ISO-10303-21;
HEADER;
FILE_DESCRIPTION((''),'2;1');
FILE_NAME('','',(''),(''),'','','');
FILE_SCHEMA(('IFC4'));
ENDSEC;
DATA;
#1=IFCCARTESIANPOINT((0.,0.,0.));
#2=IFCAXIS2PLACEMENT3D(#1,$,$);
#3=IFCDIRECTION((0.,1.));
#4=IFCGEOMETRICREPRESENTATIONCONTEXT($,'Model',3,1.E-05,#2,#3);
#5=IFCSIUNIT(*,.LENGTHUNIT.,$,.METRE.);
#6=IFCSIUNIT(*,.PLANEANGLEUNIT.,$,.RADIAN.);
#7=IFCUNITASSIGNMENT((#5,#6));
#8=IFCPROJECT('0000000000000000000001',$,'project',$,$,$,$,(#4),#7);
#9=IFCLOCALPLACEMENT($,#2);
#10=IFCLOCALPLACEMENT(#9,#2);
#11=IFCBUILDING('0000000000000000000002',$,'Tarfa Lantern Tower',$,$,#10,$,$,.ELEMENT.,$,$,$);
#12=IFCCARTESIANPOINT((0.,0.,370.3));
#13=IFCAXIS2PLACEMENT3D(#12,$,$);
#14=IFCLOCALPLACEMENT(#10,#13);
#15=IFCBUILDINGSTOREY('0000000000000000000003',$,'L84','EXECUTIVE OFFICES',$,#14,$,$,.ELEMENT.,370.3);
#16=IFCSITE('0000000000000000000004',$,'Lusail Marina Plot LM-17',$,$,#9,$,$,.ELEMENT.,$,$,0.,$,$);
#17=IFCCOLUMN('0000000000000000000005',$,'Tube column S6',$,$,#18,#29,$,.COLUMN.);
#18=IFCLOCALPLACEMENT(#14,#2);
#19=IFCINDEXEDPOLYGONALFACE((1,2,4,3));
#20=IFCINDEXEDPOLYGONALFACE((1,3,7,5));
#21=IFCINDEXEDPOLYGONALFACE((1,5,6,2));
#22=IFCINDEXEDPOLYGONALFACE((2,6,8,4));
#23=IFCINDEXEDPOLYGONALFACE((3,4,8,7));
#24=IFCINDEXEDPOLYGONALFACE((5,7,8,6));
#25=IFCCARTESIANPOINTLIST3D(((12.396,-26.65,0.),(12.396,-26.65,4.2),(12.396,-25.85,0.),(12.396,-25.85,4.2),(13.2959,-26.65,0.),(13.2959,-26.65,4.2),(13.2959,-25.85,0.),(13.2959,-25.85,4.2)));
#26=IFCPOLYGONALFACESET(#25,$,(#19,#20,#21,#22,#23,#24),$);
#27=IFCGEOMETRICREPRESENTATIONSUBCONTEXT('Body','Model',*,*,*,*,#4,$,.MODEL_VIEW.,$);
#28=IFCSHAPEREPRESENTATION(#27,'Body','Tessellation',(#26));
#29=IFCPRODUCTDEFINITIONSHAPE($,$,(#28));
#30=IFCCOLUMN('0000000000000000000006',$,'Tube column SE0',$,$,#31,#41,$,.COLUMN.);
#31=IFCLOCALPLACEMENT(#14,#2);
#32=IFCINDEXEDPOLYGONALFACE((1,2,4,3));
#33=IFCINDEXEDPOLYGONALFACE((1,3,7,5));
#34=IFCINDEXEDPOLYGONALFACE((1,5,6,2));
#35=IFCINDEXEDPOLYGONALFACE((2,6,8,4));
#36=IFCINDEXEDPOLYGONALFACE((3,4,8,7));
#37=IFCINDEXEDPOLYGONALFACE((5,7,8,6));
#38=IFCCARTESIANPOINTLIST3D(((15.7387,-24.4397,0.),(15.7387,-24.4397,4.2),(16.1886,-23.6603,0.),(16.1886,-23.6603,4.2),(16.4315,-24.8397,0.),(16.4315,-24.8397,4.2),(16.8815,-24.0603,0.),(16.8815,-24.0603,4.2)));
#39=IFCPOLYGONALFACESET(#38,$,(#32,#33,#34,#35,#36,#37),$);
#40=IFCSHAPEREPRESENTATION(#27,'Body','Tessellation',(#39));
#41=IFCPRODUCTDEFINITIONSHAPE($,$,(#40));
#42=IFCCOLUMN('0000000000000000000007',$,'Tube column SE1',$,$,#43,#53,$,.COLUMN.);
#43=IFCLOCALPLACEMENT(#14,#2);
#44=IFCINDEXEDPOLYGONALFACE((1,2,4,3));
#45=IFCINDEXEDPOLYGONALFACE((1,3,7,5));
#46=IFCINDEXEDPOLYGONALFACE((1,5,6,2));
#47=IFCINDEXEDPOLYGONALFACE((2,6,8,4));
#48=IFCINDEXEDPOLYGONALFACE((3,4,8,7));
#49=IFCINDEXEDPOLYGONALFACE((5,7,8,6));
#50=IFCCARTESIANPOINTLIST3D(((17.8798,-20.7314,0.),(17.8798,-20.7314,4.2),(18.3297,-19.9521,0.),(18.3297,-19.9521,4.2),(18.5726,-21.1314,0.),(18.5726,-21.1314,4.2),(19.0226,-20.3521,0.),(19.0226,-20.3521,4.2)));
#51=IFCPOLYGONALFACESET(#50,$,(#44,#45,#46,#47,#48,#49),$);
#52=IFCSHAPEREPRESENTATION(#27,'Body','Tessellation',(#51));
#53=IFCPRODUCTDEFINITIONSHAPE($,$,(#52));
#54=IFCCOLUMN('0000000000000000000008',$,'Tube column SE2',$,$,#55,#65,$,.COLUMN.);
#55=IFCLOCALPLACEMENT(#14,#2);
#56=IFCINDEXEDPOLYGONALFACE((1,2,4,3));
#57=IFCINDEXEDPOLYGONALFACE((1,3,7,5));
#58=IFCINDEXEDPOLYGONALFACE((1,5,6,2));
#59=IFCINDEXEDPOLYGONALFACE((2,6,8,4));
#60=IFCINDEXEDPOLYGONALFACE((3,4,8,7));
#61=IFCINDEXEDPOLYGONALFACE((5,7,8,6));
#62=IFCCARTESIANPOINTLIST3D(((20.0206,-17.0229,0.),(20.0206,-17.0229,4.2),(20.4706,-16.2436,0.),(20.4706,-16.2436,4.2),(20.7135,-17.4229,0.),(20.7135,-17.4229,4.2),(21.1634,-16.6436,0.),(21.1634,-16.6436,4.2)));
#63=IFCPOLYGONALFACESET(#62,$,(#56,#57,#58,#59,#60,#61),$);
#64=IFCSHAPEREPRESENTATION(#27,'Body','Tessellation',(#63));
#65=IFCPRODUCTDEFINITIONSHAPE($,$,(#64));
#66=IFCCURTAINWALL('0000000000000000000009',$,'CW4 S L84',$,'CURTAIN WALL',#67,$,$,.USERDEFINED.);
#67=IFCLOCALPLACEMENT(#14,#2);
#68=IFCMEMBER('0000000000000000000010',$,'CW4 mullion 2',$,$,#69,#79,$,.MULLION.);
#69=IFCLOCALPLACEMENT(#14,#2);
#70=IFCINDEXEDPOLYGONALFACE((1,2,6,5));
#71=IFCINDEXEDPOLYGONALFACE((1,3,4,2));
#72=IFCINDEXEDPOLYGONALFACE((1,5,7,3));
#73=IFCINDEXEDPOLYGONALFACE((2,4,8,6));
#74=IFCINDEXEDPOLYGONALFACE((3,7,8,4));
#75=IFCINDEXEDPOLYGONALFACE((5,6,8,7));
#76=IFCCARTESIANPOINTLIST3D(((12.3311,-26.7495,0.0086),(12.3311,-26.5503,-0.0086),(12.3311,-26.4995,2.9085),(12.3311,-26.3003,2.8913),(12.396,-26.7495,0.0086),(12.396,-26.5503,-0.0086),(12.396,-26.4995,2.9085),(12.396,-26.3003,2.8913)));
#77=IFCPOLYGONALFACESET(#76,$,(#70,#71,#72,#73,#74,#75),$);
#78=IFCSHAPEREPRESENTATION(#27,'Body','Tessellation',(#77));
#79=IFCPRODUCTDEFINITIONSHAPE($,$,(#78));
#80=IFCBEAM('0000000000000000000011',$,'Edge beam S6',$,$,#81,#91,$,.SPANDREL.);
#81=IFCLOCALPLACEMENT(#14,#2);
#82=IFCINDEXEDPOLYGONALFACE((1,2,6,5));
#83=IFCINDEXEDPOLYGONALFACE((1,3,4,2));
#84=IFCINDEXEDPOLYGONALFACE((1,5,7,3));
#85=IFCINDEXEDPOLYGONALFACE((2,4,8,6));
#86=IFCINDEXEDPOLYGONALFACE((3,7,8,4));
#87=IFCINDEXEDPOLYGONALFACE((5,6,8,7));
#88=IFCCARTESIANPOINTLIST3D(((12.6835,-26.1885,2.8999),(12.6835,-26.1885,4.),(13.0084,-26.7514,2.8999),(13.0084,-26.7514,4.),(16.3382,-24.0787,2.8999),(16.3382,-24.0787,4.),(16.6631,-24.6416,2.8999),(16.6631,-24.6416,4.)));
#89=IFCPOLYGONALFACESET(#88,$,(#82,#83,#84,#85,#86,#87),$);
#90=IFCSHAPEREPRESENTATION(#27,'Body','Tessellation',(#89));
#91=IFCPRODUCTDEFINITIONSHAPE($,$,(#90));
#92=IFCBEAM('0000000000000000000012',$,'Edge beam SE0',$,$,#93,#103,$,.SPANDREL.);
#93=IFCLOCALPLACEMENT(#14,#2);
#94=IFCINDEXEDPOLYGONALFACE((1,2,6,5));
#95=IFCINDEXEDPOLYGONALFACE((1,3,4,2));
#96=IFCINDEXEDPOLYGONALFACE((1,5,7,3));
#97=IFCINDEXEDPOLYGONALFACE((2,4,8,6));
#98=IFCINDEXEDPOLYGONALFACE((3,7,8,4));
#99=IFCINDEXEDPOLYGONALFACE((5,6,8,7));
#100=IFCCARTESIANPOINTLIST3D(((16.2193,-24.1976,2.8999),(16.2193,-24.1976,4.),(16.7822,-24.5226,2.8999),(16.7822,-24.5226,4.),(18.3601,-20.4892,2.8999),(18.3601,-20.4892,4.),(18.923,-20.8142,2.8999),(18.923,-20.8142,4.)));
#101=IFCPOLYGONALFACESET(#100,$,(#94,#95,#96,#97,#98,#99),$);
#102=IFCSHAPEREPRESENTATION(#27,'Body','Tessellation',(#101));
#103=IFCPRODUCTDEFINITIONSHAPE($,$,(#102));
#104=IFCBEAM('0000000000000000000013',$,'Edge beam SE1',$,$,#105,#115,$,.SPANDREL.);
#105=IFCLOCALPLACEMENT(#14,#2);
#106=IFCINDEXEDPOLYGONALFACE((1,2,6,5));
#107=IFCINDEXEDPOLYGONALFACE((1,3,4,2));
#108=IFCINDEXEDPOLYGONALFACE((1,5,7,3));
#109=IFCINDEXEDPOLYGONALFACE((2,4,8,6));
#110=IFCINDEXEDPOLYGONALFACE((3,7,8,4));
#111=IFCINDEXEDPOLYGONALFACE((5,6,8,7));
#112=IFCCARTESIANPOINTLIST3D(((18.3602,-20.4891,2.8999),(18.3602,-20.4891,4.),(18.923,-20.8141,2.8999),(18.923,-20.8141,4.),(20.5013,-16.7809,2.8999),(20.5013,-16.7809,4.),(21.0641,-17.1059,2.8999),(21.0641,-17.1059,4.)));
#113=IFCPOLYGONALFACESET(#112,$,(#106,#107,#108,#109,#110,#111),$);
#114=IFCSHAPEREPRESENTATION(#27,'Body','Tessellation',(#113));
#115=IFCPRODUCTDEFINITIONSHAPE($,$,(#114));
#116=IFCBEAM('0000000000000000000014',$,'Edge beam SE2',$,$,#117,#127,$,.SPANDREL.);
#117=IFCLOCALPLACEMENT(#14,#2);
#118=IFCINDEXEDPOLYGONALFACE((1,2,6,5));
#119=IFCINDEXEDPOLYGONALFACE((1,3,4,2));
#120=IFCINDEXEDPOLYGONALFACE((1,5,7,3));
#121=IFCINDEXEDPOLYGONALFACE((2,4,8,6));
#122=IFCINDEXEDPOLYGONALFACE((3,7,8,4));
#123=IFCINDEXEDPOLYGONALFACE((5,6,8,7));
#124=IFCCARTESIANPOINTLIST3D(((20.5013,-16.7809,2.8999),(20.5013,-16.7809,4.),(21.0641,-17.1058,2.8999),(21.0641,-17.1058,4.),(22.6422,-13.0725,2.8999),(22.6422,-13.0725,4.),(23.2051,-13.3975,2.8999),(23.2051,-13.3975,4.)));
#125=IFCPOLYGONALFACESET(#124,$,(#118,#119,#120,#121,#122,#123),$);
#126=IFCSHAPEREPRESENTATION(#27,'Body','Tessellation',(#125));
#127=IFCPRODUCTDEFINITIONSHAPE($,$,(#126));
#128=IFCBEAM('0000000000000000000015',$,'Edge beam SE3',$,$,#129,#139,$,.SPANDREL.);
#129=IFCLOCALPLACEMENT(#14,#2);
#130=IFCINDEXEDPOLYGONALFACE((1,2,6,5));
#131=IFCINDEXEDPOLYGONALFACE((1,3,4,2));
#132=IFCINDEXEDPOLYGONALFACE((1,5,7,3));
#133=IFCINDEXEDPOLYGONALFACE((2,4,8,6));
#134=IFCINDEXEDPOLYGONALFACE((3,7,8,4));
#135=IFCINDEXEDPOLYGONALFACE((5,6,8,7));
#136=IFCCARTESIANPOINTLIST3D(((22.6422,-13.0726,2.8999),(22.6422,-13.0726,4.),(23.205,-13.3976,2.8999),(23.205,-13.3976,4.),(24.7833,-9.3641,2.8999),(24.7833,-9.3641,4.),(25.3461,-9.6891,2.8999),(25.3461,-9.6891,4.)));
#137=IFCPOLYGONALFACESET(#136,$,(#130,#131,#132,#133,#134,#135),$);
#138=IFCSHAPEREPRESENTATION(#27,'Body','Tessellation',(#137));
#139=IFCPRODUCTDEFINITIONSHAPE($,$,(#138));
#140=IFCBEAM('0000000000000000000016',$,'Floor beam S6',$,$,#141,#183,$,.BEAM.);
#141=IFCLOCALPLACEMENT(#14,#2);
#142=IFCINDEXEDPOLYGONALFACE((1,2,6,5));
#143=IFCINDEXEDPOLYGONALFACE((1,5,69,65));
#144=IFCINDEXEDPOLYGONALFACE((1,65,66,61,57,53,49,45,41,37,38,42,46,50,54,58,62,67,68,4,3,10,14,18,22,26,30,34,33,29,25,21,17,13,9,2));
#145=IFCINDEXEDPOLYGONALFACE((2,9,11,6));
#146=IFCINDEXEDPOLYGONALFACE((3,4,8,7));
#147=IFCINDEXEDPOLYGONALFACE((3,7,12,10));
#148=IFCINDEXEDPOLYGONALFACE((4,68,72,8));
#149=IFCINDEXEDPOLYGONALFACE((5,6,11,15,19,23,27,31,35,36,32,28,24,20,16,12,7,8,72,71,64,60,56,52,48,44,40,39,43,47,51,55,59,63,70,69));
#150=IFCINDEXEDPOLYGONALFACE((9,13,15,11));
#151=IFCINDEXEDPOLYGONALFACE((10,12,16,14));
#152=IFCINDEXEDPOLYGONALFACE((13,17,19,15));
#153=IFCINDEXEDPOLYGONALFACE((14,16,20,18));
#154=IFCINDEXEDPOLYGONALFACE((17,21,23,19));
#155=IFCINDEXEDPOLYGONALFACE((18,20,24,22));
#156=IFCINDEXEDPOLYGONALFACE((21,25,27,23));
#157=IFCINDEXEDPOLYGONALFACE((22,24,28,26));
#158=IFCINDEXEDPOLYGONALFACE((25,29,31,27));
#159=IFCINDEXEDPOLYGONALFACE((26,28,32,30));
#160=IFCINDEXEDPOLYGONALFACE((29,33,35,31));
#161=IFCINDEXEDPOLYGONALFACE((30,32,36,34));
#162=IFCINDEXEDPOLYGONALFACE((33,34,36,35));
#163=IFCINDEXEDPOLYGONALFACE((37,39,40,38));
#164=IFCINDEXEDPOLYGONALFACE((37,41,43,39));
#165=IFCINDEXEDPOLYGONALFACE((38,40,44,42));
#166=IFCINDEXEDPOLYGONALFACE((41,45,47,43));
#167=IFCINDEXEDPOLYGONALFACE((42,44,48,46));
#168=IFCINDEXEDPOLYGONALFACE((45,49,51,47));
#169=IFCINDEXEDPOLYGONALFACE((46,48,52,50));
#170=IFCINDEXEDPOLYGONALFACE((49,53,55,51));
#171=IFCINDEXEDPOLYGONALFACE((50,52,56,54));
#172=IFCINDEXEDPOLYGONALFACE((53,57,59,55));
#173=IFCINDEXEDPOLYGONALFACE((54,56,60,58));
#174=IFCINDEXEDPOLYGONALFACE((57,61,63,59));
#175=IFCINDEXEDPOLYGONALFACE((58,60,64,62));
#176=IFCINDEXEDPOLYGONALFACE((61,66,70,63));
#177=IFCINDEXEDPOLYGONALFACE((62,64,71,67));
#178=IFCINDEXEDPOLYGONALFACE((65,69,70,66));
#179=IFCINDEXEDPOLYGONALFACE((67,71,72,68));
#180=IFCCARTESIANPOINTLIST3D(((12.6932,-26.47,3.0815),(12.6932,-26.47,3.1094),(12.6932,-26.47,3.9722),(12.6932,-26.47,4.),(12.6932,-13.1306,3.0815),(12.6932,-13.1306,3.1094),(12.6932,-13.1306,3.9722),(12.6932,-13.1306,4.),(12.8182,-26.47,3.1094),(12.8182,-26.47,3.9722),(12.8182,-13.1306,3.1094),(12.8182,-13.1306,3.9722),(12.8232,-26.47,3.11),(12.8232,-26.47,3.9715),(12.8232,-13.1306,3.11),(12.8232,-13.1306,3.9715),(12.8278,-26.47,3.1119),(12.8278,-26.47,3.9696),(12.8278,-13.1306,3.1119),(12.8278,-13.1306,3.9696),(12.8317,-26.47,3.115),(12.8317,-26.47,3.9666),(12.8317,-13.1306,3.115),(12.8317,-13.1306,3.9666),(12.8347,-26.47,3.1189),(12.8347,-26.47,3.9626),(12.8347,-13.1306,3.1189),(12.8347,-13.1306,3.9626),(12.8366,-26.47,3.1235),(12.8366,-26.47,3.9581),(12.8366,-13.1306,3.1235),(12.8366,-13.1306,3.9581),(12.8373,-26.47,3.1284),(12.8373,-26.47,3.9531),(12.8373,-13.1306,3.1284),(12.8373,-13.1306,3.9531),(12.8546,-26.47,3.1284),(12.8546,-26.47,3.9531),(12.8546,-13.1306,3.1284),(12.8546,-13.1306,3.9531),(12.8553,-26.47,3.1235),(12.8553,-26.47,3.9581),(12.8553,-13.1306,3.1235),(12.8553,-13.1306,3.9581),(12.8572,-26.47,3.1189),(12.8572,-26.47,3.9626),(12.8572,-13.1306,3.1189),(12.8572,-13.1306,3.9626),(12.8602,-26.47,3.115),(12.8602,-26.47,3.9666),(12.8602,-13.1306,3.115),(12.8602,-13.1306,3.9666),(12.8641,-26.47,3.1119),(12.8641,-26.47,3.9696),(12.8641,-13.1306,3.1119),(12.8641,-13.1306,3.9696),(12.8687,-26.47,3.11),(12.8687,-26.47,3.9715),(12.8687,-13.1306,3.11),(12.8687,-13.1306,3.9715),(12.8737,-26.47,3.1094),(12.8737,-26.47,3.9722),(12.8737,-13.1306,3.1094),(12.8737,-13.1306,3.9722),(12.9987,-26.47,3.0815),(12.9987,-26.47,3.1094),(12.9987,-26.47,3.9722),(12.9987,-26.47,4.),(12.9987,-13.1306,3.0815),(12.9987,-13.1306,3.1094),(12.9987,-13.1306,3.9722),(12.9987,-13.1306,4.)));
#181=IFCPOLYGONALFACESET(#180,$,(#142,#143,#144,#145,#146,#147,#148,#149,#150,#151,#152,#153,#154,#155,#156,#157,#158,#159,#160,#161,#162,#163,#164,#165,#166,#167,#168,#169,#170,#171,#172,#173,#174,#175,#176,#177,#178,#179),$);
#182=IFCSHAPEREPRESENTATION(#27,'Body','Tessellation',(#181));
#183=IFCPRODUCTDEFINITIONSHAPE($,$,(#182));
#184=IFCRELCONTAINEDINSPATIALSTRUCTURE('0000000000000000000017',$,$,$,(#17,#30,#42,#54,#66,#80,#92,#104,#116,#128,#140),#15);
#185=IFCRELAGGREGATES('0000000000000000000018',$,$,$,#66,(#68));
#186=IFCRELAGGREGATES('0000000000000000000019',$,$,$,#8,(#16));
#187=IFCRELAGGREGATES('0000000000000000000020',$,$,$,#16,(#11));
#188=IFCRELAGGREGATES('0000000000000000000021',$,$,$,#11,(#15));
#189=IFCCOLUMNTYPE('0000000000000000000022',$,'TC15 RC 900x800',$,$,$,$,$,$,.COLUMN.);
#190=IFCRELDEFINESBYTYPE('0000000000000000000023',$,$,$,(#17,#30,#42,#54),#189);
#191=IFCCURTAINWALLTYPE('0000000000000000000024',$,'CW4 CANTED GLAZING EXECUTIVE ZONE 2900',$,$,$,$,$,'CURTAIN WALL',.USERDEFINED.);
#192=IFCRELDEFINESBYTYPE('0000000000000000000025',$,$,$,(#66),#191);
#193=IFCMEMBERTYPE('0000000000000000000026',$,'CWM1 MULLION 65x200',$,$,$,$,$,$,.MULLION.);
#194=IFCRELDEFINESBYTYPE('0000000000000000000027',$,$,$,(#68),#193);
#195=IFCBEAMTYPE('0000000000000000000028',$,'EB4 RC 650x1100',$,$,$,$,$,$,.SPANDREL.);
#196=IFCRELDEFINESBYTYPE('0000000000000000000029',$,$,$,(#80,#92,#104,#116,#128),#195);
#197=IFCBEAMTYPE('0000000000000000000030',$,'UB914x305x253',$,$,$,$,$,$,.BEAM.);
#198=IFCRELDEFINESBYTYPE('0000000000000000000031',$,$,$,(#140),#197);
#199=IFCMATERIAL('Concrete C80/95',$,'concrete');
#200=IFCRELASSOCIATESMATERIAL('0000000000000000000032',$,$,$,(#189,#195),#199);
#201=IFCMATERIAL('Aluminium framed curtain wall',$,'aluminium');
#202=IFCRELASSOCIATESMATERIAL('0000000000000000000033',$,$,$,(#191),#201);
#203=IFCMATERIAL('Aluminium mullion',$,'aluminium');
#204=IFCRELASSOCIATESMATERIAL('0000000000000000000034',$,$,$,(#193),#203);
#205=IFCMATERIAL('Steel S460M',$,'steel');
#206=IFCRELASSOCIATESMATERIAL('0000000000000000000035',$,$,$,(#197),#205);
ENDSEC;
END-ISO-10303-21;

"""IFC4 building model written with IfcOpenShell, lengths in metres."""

from ifc_helpers import new_model, si_unit, direction, frame, origin, origin_2d, place, context, subcontext, project, spatial, rectangle, i_section, extrude, material, material_profile, profile_set, type_object, element, aggregate, save


model = new_model("IFC4")

# Units and contexts
model_context = context("Model", 3, precision=1e-05, world=origin(), true_north=direction((0.0, 1.0)))
body_context = subcontext(model_context, "Body", "Model", "MODEL_VIEW")
ifc_project = project(units=[si_unit("LENGTHUNIT", "METRE"), si_unit("PLANEANGLEUNIT", "RADIAN")], contexts=[model_context])

# Site, building, storey
site_placement = place(None, origin())
site = spatial("IfcSite", under=ifc_project, at=site_placement, Name="Lusail Marina Plot LM-17", CompositionType="ELEMENT", RefElevation=0.0)
building_placement = place(site_placement, origin())
building = spatial("IfcBuilding", under=site, at=building_placement, Name="Tarfa Lantern Tower", CompositionType="ELEMENT")
storey_placement = place(building_placement, frame((0.0, 0.0, 370.3)))
storey = spatial("IfcBuildingStorey", under=building, at=storey_placement, Name="L84", Description="EXECUTIVE OFFICES", CompositionType="ELEMENT", Elevation=370.3)

# Columns
ifc_material_1 = material(Name="Concrete C80/95", Category="concrete")
ifc_material_profile_1 = material_profile(ifc_material_1, rectangle(XDim=0.8999, YDim=0.8, at=origin_2d()), Name="RC 900x800")
ifc_profile_set_1 = profile_set([ifc_material_profile_1], Name="Concrete C80/95")
column_type = type_object("IfcColumnType", Name="TC15 RC 900x800", PredefinedType="COLUMN", material=ifc_profile_set_1)
for number, where, z_axis, x_axis, name in (
    (1, (12.8459, -26.25, 0.0), (0.0, 0.0, 1.0), (1.0, 0.0, 0.0), "Tube column S6"),
    (2, (16.3101, -24.25, 0.0), (0.0, 0.0, 1.0), (0.5, 0.866025, 0.0), "Tube column SE0"),
    (3, (18.4512, -20.5417, 0.0), (0.0, 0.0, 1.0), (0.5, 0.866025, 0.0), "Tube column SE1"),
    (4, (20.592, -16.8333, 0.0), (0.0, 0.0, 1.0), (0.5, 0.866025, 0.0), "Tube column SE2"),
):
    element("IfcColumn", number, at=place(storey_placement, frame(where, z_axis=z_axis, x_axis=x_axis)), inside=storey, type_object=column_type, Name=name, PredefinedType="COLUMN", context=body_context, shape_type="SweptSolid", body=[
        extrude(rectangle(XDim=0.8999, YDim=0.8, at=origin_2d()), origin(), (0.0, 0.0, 1.0), 4.2),
    ])

# Curtain wall, member
ifc_material_2 = material(Name="Aluminium framed curtain wall", Category="aluminium")
curtain_wall_type = type_object("IfcCurtainWallType", Name="CW4 CANTED GLAZING EXECUTIVE ZONE 2900", ElementType="CURTAIN WALL", PredefinedType="USERDEFINED", material=ifc_material_2)
curtain_wall_placement = place(storey_placement, origin())
curtain_wall = element("IfcCurtainWall", 5, at=curtain_wall_placement, inside=storey, type_object=curtain_wall_type, Name="CW4 S L84", ObjectType="CURTAIN WALL", PredefinedType="USERDEFINED")
ifc_material_3 = material(Name="Aluminium mullion", Category="aluminium")
ifc_material_profile_2 = material_profile(ifc_material_3, rectangle(XDim=0.0649, YDim=0.2, at=origin_2d()), Name="AL MULLION 65x200")
ifc_profile_set_2 = profile_set([ifc_material_profile_2], Name="Aluminium mullion")
member_type = type_object("IfcMemberType", Name="CWM1 MULLION 65x200", PredefinedType="MULLION", material=ifc_profile_set_2)
member_placement = place(storey_placement, frame((12.3635, -26.6499, 0.0), z_axis=(0.0, 0.085891, 0.996305), x_axis=(-1.0, 0.0, 0.0)))
member = element("IfcMember", 6, at=member_placement, type_object=member_type, Name="CW4 mullion 2", PredefinedType="MULLION", context=body_context, shape_type="SweptSolid", body=[
    extrude(rectangle(XDim=0.0649, YDim=0.2, at=origin_2d()), origin(), (0.0, 0.0, 1.0), 2.9106),
])
aggregate(curtain_wall, [member])

# Beams
ifc_material_profile_3 = material_profile(ifc_material_1, rectangle(XDim=0.6499, YDim=1.1001, at=origin_2d()), Name="RC 650x1100")
ifc_profile_set_3 = profile_set([ifc_material_profile_3], Name="Concrete C80/95")
beam_type_1 = type_object("IfcBeamType", Name="EB4 RC 650x1100", PredefinedType="SPANDREL", material=ifc_profile_set_3)
beam_1_placement = place(storey_placement, frame((12.8459, -26.47, 3.45), z_axis=(0.866049, 0.499959, 0.0), x_axis=(-0.499959, 0.866049, 0.0)))
element("IfcBeam", 7, at=beam_1_placement, inside=storey, type_object=beam_type_1, Name="Edge beam S6", PredefinedType="SPANDREL", context=body_context, shape_type="SweptSolid", body=[
    extrude(rectangle(XDim=0.6499, YDim=1.1001, at=origin_2d()), origin(), (0.0, 0.0, 1.0), 4.22),
])
for number, where, z_axis, x_axis, name in (
    (8, (16.5007, -24.3601, 3.45), (0.499959, 0.866049, 0.0), (-0.866049, 0.499959, 0.0), "Edge beam SE0"),
    (9, (18.6416, -20.6516, 3.45), (0.500027, 0.86601, 0.0), (-0.86601, 0.500027, 0.0), "Edge beam SE1"),
    (10, (20.7827, -16.9434, 3.45), (0.499984, 0.866035, 0.0), (-0.866035, 0.499984, 0.0), "Edge beam SE2"),
):
    element("IfcBeam", number, at=place(storey_placement, frame(where, z_axis=z_axis, x_axis=x_axis)), inside=storey, type_object=beam_type_1, Name=name, PredefinedType="SPANDREL", context=body_context, shape_type="SweptSolid", body=[
        extrude(rectangle(XDim=0.6499, YDim=1.1001, at=origin_2d()), origin(), (0.0, 0.0, 1.0), 4.282),
    ])
beam_2_placement = place(storey_placement, frame((22.9236, -13.2351, 3.45), z_axis=(0.500002, 0.866024, 0.0), x_axis=(-0.866024, 0.500002, 0.0)))
element("IfcBeam", 11, at=beam_2_placement, inside=storey, type_object=beam_type_1, Name="Edge beam SE3", PredefinedType="SPANDREL", context=body_context, shape_type="SweptSolid", body=[
    extrude(rectangle(XDim=0.6499, YDim=1.1001, at=origin_2d()), origin(), (0.0, 0.0, 1.0), 4.2822),
])
ifc_material_4 = material(Name="Steel S460M", Category="steel")
ifc_material_profile_4 = material_profile(ifc_material_4, i_section(OverallWidth=0.3054, OverallDepth=0.9185, WebThickness=0.0173, FlangeThickness=0.0278, FilletRadius=0.019, at=origin_2d()), Name="UB914x305x253")
ifc_profile_set_4 = profile_set([ifc_material_profile_4], Name="Steel S460M")
beam_type_2 = type_object("IfcBeamType", Name="UB914x305x253", PredefinedType="BEAM", material=ifc_profile_set_4)
beam_3_placement = place(storey_placement, frame((12.8459, -26.47, 3.5408), z_axis=(0.0, 1.0, 0.0), x_axis=(-1.0, 0.0, 0.0)))
element("IfcBeam", 12, at=beam_3_placement, inside=storey, type_object=beam_type_2, Name="Floor beam S6", PredefinedType="BEAM", context=body_context, shape_type="SweptSolid", body=[
    extrude(i_section(OverallWidth=0.3054, OverallDepth=0.9185, WebThickness=0.0173, FlangeThickness=0.0278, FilletRadius=0.019, at=origin_2d()), origin(), (0.0, 0.0, 1.0), 13.3394),
])

save(model, "model.ifc")
